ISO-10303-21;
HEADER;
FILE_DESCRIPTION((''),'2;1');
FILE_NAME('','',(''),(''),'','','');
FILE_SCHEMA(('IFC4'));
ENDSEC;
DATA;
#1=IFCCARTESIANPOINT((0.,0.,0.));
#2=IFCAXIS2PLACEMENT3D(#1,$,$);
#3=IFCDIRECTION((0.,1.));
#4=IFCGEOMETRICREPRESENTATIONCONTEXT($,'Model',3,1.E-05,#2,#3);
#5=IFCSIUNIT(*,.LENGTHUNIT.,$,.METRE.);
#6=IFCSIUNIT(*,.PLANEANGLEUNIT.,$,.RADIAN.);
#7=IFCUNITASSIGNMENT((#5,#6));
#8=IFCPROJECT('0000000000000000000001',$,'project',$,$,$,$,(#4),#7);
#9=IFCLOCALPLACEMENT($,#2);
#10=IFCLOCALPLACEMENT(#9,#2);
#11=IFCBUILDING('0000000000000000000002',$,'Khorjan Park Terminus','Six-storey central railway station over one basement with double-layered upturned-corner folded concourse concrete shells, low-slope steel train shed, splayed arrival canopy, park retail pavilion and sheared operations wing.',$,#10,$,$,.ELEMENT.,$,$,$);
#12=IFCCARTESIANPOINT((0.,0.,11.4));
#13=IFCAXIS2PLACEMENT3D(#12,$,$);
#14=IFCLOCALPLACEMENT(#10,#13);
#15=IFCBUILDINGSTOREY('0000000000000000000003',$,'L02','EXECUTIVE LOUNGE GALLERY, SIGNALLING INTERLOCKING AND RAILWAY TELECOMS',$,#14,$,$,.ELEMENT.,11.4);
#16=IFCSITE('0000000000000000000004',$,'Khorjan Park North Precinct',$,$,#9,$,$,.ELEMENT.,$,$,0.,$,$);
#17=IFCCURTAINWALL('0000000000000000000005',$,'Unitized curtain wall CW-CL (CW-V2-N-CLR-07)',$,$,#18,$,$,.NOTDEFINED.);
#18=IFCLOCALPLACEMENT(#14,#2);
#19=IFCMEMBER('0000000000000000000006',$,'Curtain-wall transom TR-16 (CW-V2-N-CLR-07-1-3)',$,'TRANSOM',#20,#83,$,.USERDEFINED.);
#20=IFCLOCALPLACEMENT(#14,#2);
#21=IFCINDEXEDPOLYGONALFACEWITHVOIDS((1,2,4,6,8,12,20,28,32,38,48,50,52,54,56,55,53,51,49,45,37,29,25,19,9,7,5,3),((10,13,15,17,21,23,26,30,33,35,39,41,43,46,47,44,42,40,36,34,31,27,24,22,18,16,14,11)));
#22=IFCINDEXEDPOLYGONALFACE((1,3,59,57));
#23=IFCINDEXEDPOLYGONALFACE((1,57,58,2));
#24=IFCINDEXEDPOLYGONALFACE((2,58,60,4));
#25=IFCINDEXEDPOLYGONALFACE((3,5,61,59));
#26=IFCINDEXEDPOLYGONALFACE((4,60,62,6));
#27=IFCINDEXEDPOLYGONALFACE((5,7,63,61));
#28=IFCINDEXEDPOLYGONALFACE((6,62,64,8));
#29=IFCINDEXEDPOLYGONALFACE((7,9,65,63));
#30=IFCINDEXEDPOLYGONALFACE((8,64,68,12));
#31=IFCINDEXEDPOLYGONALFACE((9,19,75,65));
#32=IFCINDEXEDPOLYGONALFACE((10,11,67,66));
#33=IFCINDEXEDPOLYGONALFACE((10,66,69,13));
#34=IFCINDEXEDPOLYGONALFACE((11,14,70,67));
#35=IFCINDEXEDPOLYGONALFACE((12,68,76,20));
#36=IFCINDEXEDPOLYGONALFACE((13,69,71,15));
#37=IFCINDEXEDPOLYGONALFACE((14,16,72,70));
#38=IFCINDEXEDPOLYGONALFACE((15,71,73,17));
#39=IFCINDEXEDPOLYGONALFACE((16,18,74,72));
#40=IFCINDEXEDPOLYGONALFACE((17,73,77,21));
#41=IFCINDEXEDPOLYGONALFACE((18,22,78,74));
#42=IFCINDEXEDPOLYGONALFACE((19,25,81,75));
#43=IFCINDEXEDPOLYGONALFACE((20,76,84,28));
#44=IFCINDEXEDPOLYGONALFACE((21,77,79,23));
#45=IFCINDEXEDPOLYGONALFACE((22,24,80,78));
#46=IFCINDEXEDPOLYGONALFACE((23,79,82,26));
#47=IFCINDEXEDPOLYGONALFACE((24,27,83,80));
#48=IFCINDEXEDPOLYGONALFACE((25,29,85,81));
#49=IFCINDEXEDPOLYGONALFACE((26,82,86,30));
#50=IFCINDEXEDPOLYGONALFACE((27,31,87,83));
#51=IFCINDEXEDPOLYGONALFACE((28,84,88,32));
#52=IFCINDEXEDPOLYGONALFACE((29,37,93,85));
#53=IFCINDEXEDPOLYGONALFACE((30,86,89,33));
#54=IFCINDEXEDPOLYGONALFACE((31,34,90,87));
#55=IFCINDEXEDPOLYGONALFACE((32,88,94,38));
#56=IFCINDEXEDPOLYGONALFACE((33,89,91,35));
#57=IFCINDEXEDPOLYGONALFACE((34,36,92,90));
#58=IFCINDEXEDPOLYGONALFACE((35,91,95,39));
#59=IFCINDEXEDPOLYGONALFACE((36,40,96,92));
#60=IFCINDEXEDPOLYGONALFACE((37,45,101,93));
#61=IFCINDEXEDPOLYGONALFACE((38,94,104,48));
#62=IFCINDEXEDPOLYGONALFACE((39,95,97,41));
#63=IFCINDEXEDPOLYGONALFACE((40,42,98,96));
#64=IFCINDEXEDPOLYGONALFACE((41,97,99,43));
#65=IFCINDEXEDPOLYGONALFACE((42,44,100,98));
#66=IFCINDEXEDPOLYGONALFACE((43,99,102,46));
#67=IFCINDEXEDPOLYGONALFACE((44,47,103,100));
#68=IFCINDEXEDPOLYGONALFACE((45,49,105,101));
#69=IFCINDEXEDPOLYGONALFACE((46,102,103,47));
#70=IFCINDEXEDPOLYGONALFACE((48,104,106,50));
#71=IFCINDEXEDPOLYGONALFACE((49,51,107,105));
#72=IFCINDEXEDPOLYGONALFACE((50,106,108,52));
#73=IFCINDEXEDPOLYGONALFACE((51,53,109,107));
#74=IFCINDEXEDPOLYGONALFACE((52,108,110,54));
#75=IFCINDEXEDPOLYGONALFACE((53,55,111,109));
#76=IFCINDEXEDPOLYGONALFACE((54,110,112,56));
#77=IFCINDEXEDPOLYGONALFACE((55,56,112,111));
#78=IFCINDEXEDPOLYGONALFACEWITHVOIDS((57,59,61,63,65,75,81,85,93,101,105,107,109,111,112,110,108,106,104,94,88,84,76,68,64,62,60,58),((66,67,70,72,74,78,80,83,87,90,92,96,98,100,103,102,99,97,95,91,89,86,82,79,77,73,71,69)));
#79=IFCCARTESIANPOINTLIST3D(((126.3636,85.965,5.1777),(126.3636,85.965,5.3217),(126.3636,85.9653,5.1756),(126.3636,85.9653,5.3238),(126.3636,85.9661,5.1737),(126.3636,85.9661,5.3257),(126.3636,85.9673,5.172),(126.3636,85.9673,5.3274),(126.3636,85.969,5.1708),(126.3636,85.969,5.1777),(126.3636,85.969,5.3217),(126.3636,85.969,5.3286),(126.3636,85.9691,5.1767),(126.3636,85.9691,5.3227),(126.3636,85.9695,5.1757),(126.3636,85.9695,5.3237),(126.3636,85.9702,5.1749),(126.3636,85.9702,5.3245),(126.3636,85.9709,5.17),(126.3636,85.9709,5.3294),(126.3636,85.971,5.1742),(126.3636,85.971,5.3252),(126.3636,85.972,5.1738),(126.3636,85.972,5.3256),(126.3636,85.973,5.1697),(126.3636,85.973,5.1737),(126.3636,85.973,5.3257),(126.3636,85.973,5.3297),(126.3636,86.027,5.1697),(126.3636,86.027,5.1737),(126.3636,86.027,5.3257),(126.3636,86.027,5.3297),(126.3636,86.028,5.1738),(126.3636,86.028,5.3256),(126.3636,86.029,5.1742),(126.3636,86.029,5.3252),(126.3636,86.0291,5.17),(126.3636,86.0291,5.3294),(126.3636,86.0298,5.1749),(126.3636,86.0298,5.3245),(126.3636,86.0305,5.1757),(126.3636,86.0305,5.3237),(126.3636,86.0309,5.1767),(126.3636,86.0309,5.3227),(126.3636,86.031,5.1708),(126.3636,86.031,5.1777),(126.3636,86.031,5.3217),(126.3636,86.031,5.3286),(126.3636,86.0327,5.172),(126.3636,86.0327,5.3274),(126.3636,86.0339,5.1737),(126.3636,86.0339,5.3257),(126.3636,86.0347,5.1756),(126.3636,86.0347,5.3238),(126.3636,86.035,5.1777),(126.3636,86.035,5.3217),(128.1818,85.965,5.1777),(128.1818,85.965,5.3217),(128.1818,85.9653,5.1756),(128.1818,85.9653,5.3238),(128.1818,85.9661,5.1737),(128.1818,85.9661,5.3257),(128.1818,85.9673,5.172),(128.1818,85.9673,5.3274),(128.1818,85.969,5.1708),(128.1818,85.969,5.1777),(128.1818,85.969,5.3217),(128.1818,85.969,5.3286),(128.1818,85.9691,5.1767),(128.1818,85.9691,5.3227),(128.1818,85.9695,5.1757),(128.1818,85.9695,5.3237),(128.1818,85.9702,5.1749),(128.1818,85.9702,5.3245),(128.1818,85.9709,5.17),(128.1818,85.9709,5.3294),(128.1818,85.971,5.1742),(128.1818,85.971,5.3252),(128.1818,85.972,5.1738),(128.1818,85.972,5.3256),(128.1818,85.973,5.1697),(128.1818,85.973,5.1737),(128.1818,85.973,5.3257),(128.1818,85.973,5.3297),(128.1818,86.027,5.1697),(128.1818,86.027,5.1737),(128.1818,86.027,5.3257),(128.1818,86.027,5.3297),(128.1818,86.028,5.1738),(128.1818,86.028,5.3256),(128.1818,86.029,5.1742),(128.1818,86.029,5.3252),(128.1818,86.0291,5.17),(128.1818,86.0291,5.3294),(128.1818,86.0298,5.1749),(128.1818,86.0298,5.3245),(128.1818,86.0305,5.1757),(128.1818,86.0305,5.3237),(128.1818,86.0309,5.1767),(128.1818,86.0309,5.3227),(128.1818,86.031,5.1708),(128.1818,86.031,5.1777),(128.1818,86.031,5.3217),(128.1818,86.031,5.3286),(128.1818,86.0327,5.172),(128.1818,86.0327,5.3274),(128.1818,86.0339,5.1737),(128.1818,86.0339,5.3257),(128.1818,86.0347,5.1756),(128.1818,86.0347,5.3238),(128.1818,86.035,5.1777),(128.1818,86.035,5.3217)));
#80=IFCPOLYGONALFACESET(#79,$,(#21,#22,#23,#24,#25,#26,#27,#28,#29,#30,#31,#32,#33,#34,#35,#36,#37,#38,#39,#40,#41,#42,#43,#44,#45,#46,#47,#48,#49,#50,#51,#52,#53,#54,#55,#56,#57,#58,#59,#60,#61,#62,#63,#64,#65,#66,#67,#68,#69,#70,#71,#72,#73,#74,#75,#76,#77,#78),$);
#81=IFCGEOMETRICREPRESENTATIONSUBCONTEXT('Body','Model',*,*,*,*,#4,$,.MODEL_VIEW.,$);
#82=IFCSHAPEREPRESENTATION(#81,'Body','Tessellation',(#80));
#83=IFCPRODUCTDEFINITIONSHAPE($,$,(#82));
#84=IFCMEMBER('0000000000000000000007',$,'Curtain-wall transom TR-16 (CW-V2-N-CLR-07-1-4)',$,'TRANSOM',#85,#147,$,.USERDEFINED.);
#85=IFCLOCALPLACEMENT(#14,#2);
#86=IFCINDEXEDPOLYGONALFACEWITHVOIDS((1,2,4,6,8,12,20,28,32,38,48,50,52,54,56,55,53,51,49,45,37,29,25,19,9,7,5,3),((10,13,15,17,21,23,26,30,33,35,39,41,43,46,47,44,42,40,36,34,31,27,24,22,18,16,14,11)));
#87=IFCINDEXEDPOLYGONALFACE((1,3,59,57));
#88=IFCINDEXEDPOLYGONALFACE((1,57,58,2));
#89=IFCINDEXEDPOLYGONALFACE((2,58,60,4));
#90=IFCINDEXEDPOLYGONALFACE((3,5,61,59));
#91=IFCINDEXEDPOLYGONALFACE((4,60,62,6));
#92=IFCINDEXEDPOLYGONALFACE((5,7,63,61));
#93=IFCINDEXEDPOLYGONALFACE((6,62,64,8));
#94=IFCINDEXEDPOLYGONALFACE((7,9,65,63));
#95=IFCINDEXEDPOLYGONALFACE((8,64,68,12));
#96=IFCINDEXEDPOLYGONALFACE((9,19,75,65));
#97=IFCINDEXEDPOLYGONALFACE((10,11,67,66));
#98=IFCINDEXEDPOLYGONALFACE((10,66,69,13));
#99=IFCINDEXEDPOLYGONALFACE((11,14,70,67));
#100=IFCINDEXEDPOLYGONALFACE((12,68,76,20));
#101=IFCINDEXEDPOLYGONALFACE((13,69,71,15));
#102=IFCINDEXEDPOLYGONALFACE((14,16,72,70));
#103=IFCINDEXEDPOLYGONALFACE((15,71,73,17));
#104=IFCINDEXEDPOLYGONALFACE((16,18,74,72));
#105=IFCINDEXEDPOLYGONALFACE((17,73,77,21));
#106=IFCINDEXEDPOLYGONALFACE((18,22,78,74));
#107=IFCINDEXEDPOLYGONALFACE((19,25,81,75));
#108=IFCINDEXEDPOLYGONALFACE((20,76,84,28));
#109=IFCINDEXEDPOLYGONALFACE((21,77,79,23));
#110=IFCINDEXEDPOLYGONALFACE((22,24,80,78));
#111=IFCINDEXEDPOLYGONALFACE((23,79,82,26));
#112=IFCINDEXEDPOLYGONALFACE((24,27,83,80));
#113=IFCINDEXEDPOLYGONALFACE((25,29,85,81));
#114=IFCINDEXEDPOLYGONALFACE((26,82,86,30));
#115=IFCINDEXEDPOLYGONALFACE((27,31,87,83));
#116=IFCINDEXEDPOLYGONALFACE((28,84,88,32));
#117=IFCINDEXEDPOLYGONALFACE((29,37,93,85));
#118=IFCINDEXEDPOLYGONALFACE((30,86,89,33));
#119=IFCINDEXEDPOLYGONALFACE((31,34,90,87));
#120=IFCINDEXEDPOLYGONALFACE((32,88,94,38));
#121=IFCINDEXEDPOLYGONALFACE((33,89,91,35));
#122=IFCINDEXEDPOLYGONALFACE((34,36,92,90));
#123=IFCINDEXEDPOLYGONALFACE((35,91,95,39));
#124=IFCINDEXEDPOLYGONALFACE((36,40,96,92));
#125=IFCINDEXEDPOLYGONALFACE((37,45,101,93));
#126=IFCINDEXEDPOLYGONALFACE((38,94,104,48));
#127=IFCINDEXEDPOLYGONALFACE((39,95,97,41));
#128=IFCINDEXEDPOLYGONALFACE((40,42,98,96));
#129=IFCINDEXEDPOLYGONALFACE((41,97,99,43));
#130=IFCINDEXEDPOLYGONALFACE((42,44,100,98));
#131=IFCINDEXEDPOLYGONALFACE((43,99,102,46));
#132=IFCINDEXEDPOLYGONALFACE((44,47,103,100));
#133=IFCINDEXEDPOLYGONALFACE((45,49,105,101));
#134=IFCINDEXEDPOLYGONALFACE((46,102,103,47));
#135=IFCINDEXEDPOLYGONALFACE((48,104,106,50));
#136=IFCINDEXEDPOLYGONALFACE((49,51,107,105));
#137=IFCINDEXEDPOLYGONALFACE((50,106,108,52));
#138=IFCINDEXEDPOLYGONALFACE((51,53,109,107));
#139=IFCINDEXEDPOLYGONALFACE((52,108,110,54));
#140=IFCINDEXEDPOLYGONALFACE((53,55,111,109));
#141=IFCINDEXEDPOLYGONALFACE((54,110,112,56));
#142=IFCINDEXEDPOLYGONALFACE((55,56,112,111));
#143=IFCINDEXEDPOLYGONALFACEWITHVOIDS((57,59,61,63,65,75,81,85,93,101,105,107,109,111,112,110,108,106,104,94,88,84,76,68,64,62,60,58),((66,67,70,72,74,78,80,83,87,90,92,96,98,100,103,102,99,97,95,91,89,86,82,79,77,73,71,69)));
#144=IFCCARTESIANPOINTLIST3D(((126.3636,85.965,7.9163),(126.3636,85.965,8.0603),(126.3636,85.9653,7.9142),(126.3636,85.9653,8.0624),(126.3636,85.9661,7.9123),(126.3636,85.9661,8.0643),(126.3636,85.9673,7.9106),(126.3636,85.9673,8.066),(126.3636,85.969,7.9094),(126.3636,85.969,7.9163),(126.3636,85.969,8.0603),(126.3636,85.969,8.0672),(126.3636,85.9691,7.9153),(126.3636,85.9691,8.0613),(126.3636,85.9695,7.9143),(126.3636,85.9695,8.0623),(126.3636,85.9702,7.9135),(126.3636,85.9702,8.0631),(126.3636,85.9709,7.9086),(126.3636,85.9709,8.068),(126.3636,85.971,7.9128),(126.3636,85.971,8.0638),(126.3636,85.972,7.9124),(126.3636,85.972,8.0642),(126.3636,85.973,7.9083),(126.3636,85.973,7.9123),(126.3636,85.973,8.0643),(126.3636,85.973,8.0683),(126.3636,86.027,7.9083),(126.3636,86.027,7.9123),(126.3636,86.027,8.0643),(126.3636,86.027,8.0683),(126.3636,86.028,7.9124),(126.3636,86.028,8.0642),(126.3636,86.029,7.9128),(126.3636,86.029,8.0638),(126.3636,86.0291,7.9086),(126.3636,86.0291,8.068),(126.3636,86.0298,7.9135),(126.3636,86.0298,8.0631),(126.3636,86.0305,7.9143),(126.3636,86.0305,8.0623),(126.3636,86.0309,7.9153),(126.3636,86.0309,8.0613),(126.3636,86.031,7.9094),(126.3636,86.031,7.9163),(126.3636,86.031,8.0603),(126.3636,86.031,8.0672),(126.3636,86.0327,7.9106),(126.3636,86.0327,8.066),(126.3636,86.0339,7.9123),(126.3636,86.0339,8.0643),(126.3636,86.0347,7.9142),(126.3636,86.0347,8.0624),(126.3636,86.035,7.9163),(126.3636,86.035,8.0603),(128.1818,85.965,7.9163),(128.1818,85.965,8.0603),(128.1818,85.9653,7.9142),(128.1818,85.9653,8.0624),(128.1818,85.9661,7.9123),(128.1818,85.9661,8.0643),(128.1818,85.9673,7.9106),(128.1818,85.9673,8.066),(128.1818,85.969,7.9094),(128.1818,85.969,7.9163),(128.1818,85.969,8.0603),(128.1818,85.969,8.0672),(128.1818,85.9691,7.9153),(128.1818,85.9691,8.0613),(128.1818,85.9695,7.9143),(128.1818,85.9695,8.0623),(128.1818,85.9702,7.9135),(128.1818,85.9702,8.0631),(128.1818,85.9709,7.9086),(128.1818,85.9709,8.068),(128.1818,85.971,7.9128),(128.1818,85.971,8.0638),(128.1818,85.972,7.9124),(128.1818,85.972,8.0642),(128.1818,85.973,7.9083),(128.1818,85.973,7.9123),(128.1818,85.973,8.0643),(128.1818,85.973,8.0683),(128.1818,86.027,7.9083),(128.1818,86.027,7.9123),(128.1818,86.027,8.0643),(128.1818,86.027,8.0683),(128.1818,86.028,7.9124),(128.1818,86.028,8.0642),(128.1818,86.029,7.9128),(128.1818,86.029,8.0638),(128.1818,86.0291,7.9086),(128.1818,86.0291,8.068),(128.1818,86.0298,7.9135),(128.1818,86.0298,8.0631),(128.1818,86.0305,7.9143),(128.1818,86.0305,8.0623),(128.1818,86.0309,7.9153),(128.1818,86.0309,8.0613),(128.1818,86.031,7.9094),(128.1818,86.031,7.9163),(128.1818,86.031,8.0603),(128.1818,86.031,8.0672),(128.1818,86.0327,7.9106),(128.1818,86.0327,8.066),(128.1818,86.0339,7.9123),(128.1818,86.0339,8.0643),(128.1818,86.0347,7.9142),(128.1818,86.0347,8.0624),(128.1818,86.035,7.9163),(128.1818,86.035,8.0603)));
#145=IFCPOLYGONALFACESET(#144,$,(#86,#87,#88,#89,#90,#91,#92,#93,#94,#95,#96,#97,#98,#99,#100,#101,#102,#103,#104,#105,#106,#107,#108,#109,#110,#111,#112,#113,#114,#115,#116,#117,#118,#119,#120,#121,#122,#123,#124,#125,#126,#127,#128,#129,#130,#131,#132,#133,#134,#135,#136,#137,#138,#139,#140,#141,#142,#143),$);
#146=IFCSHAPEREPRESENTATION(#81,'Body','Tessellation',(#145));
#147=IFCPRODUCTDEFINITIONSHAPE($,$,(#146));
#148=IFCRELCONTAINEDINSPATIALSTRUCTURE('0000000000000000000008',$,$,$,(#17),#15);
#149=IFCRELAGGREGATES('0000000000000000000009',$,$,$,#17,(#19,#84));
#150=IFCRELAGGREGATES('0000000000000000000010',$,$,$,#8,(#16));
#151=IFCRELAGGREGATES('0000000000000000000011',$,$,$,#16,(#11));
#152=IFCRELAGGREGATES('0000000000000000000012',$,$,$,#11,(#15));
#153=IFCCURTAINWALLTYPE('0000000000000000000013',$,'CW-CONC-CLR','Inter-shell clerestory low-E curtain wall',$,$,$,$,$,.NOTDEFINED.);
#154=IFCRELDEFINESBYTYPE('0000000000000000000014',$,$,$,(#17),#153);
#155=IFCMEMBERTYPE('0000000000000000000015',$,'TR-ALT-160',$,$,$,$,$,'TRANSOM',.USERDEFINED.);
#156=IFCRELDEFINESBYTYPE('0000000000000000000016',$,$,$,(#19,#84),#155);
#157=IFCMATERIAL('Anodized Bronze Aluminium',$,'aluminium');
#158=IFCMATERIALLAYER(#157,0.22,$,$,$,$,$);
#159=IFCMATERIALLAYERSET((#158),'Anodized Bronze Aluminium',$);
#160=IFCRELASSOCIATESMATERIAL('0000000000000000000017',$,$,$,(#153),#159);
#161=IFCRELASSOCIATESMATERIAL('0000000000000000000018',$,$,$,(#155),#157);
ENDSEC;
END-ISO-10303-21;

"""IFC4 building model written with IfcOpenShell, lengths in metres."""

from ifc_helpers import new_model, si_unit, direction, frame, origin, origin_2d, place, context, subcontext, project, spatial, hollow_rectangle, extrude, material, layer, layer_set, material_profile, profile_set, type_object, element, aggregate, save


model = new_model("IFC4")

# Units and contexts
model_context = context("Model", 3, precision=1e-05, world=origin(), true_north=direction((0.0, 1.0)))
body_context = subcontext(model_context, "Body", "Model", "MODEL_VIEW")
ifc_project = project(units=[si_unit("LENGTHUNIT", "METRE"), si_unit("PLANEANGLEUNIT", "RADIAN")], contexts=[model_context])

# Site, building, storey
site_placement = place(None, origin())
site = spatial("IfcSite", under=ifc_project, at=site_placement, Name="Khorjan Park North Precinct", CompositionType="ELEMENT", RefElevation=0.0)
building_placement = place(site_placement, origin())
building = spatial("IfcBuilding", under=site, at=building_placement, Name="Khorjan Park Terminus", Description="Six-storey central railway station over one basement with double-layered upturned-corner folded concourse concrete shells, low-slope steel train shed, splayed arrival canopy, park retail pavilion and sheared operations wing.", CompositionType="ELEMENT")
storey_placement = place(building_placement, frame((0.0, 0.0, 11.4)))
storey = spatial("IfcBuildingStorey", under=building, at=storey_placement, Name="L02", Description="EXECUTIVE LOUNGE GALLERY, SIGNALLING INTERLOCKING AND RAILWAY TELECOMS", CompositionType="ELEMENT", Elevation=11.4)

# Shared definitions
ifc_material_1 = material(Name="Anodized Bronze Aluminium", Category="aluminium")
ifc_layer_1 = layer(ifc_material_1, 0.22)
ifc_layer_set_1 = layer_set([ifc_layer_1], Name="Anodized Bronze Aluminium")
curtain_wall_type = type_object("IfcCurtainWallType", Name="CW-CONC-CLR", Description="Inter-shell clerestory low-E curtain wall", PredefinedType="NOTDEFINED", material=ifc_layer_set_1)

# Curtain wall, members
curtain_wall_1_placement = place(storey_placement, origin())
curtain_wall_1 = element("IfcCurtainWall", 1, at=curtain_wall_1_placement, inside=storey, type_object=curtain_wall_type, Name="Unitized curtain wall CW-CL (CW-V2-N-CLR-07)", PredefinedType="NOTDEFINED")
ifc_material_profile_1 = material_profile(ifc_material_1, hollow_rectangle(XDim=0.07, YDim=0.16, WallThickness=0.004, InnerFilletRadius=0.004, OuterFilletRadius=0.008, at=origin_2d()), Name="ALT 70x160x4")
ifc_profile_set_1 = profile_set([ifc_material_profile_1], Name="Anodized Bronze Aluminium")
member_type_1 = type_object("IfcMemberType", Name="TR-ALT-160", ElementType="TRANSOM", PredefinedType="USERDEFINED", material=ifc_profile_set_1)
member_1_placement = place(storey_placement, frame((128.1818, 86.0, 5.2497), z_axis=(-1.0, 0.0, 0.0), x_axis=(0.0, -1.0, 0.0)))
member_1 = element("IfcMember", 2, at=member_1_placement, type_object=member_type_1, Name="Curtain-wall transom TR-16 (CW-V2-N-CLR-07-1-3)", ObjectType="TRANSOM", PredefinedType="USERDEFINED", context=body_context, shape_type="SweptSolid", body=[
    extrude(hollow_rectangle(XDim=0.07, YDim=0.16, WallThickness=0.004, InnerFilletRadius=0.004, OuterFilletRadius=0.008, at=origin_2d()), origin(), (0.0, 0.0, 1.0), 1.8182),
])
member_2_placement = place(storey_placement, frame((128.1818, 86.0, 7.9883), z_axis=(-1.0, 0.0, 0.0), x_axis=(0.0, -1.0, 0.0)))
member_2 = element("IfcMember", 3, at=member_2_placement, type_object=member_type_1, Name="Curtain-wall transom TR-16 (CW-V2-N-CLR-07-1-4)", ObjectType="TRANSOM", PredefinedType="USERDEFINED", context=body_context, shape_type="SweptSolid", body=[
    extrude(hollow_rectangle(XDim=0.07, YDim=0.16, WallThickness=0.004, InnerFilletRadius=0.004, OuterFilletRadius=0.008, at=origin_2d()), origin(), (0.0, 0.0, 1.0), 1.8182),
])

aggregate(curtain_wall_1, [member_1, member_2])

save(model, "model.ifc")
